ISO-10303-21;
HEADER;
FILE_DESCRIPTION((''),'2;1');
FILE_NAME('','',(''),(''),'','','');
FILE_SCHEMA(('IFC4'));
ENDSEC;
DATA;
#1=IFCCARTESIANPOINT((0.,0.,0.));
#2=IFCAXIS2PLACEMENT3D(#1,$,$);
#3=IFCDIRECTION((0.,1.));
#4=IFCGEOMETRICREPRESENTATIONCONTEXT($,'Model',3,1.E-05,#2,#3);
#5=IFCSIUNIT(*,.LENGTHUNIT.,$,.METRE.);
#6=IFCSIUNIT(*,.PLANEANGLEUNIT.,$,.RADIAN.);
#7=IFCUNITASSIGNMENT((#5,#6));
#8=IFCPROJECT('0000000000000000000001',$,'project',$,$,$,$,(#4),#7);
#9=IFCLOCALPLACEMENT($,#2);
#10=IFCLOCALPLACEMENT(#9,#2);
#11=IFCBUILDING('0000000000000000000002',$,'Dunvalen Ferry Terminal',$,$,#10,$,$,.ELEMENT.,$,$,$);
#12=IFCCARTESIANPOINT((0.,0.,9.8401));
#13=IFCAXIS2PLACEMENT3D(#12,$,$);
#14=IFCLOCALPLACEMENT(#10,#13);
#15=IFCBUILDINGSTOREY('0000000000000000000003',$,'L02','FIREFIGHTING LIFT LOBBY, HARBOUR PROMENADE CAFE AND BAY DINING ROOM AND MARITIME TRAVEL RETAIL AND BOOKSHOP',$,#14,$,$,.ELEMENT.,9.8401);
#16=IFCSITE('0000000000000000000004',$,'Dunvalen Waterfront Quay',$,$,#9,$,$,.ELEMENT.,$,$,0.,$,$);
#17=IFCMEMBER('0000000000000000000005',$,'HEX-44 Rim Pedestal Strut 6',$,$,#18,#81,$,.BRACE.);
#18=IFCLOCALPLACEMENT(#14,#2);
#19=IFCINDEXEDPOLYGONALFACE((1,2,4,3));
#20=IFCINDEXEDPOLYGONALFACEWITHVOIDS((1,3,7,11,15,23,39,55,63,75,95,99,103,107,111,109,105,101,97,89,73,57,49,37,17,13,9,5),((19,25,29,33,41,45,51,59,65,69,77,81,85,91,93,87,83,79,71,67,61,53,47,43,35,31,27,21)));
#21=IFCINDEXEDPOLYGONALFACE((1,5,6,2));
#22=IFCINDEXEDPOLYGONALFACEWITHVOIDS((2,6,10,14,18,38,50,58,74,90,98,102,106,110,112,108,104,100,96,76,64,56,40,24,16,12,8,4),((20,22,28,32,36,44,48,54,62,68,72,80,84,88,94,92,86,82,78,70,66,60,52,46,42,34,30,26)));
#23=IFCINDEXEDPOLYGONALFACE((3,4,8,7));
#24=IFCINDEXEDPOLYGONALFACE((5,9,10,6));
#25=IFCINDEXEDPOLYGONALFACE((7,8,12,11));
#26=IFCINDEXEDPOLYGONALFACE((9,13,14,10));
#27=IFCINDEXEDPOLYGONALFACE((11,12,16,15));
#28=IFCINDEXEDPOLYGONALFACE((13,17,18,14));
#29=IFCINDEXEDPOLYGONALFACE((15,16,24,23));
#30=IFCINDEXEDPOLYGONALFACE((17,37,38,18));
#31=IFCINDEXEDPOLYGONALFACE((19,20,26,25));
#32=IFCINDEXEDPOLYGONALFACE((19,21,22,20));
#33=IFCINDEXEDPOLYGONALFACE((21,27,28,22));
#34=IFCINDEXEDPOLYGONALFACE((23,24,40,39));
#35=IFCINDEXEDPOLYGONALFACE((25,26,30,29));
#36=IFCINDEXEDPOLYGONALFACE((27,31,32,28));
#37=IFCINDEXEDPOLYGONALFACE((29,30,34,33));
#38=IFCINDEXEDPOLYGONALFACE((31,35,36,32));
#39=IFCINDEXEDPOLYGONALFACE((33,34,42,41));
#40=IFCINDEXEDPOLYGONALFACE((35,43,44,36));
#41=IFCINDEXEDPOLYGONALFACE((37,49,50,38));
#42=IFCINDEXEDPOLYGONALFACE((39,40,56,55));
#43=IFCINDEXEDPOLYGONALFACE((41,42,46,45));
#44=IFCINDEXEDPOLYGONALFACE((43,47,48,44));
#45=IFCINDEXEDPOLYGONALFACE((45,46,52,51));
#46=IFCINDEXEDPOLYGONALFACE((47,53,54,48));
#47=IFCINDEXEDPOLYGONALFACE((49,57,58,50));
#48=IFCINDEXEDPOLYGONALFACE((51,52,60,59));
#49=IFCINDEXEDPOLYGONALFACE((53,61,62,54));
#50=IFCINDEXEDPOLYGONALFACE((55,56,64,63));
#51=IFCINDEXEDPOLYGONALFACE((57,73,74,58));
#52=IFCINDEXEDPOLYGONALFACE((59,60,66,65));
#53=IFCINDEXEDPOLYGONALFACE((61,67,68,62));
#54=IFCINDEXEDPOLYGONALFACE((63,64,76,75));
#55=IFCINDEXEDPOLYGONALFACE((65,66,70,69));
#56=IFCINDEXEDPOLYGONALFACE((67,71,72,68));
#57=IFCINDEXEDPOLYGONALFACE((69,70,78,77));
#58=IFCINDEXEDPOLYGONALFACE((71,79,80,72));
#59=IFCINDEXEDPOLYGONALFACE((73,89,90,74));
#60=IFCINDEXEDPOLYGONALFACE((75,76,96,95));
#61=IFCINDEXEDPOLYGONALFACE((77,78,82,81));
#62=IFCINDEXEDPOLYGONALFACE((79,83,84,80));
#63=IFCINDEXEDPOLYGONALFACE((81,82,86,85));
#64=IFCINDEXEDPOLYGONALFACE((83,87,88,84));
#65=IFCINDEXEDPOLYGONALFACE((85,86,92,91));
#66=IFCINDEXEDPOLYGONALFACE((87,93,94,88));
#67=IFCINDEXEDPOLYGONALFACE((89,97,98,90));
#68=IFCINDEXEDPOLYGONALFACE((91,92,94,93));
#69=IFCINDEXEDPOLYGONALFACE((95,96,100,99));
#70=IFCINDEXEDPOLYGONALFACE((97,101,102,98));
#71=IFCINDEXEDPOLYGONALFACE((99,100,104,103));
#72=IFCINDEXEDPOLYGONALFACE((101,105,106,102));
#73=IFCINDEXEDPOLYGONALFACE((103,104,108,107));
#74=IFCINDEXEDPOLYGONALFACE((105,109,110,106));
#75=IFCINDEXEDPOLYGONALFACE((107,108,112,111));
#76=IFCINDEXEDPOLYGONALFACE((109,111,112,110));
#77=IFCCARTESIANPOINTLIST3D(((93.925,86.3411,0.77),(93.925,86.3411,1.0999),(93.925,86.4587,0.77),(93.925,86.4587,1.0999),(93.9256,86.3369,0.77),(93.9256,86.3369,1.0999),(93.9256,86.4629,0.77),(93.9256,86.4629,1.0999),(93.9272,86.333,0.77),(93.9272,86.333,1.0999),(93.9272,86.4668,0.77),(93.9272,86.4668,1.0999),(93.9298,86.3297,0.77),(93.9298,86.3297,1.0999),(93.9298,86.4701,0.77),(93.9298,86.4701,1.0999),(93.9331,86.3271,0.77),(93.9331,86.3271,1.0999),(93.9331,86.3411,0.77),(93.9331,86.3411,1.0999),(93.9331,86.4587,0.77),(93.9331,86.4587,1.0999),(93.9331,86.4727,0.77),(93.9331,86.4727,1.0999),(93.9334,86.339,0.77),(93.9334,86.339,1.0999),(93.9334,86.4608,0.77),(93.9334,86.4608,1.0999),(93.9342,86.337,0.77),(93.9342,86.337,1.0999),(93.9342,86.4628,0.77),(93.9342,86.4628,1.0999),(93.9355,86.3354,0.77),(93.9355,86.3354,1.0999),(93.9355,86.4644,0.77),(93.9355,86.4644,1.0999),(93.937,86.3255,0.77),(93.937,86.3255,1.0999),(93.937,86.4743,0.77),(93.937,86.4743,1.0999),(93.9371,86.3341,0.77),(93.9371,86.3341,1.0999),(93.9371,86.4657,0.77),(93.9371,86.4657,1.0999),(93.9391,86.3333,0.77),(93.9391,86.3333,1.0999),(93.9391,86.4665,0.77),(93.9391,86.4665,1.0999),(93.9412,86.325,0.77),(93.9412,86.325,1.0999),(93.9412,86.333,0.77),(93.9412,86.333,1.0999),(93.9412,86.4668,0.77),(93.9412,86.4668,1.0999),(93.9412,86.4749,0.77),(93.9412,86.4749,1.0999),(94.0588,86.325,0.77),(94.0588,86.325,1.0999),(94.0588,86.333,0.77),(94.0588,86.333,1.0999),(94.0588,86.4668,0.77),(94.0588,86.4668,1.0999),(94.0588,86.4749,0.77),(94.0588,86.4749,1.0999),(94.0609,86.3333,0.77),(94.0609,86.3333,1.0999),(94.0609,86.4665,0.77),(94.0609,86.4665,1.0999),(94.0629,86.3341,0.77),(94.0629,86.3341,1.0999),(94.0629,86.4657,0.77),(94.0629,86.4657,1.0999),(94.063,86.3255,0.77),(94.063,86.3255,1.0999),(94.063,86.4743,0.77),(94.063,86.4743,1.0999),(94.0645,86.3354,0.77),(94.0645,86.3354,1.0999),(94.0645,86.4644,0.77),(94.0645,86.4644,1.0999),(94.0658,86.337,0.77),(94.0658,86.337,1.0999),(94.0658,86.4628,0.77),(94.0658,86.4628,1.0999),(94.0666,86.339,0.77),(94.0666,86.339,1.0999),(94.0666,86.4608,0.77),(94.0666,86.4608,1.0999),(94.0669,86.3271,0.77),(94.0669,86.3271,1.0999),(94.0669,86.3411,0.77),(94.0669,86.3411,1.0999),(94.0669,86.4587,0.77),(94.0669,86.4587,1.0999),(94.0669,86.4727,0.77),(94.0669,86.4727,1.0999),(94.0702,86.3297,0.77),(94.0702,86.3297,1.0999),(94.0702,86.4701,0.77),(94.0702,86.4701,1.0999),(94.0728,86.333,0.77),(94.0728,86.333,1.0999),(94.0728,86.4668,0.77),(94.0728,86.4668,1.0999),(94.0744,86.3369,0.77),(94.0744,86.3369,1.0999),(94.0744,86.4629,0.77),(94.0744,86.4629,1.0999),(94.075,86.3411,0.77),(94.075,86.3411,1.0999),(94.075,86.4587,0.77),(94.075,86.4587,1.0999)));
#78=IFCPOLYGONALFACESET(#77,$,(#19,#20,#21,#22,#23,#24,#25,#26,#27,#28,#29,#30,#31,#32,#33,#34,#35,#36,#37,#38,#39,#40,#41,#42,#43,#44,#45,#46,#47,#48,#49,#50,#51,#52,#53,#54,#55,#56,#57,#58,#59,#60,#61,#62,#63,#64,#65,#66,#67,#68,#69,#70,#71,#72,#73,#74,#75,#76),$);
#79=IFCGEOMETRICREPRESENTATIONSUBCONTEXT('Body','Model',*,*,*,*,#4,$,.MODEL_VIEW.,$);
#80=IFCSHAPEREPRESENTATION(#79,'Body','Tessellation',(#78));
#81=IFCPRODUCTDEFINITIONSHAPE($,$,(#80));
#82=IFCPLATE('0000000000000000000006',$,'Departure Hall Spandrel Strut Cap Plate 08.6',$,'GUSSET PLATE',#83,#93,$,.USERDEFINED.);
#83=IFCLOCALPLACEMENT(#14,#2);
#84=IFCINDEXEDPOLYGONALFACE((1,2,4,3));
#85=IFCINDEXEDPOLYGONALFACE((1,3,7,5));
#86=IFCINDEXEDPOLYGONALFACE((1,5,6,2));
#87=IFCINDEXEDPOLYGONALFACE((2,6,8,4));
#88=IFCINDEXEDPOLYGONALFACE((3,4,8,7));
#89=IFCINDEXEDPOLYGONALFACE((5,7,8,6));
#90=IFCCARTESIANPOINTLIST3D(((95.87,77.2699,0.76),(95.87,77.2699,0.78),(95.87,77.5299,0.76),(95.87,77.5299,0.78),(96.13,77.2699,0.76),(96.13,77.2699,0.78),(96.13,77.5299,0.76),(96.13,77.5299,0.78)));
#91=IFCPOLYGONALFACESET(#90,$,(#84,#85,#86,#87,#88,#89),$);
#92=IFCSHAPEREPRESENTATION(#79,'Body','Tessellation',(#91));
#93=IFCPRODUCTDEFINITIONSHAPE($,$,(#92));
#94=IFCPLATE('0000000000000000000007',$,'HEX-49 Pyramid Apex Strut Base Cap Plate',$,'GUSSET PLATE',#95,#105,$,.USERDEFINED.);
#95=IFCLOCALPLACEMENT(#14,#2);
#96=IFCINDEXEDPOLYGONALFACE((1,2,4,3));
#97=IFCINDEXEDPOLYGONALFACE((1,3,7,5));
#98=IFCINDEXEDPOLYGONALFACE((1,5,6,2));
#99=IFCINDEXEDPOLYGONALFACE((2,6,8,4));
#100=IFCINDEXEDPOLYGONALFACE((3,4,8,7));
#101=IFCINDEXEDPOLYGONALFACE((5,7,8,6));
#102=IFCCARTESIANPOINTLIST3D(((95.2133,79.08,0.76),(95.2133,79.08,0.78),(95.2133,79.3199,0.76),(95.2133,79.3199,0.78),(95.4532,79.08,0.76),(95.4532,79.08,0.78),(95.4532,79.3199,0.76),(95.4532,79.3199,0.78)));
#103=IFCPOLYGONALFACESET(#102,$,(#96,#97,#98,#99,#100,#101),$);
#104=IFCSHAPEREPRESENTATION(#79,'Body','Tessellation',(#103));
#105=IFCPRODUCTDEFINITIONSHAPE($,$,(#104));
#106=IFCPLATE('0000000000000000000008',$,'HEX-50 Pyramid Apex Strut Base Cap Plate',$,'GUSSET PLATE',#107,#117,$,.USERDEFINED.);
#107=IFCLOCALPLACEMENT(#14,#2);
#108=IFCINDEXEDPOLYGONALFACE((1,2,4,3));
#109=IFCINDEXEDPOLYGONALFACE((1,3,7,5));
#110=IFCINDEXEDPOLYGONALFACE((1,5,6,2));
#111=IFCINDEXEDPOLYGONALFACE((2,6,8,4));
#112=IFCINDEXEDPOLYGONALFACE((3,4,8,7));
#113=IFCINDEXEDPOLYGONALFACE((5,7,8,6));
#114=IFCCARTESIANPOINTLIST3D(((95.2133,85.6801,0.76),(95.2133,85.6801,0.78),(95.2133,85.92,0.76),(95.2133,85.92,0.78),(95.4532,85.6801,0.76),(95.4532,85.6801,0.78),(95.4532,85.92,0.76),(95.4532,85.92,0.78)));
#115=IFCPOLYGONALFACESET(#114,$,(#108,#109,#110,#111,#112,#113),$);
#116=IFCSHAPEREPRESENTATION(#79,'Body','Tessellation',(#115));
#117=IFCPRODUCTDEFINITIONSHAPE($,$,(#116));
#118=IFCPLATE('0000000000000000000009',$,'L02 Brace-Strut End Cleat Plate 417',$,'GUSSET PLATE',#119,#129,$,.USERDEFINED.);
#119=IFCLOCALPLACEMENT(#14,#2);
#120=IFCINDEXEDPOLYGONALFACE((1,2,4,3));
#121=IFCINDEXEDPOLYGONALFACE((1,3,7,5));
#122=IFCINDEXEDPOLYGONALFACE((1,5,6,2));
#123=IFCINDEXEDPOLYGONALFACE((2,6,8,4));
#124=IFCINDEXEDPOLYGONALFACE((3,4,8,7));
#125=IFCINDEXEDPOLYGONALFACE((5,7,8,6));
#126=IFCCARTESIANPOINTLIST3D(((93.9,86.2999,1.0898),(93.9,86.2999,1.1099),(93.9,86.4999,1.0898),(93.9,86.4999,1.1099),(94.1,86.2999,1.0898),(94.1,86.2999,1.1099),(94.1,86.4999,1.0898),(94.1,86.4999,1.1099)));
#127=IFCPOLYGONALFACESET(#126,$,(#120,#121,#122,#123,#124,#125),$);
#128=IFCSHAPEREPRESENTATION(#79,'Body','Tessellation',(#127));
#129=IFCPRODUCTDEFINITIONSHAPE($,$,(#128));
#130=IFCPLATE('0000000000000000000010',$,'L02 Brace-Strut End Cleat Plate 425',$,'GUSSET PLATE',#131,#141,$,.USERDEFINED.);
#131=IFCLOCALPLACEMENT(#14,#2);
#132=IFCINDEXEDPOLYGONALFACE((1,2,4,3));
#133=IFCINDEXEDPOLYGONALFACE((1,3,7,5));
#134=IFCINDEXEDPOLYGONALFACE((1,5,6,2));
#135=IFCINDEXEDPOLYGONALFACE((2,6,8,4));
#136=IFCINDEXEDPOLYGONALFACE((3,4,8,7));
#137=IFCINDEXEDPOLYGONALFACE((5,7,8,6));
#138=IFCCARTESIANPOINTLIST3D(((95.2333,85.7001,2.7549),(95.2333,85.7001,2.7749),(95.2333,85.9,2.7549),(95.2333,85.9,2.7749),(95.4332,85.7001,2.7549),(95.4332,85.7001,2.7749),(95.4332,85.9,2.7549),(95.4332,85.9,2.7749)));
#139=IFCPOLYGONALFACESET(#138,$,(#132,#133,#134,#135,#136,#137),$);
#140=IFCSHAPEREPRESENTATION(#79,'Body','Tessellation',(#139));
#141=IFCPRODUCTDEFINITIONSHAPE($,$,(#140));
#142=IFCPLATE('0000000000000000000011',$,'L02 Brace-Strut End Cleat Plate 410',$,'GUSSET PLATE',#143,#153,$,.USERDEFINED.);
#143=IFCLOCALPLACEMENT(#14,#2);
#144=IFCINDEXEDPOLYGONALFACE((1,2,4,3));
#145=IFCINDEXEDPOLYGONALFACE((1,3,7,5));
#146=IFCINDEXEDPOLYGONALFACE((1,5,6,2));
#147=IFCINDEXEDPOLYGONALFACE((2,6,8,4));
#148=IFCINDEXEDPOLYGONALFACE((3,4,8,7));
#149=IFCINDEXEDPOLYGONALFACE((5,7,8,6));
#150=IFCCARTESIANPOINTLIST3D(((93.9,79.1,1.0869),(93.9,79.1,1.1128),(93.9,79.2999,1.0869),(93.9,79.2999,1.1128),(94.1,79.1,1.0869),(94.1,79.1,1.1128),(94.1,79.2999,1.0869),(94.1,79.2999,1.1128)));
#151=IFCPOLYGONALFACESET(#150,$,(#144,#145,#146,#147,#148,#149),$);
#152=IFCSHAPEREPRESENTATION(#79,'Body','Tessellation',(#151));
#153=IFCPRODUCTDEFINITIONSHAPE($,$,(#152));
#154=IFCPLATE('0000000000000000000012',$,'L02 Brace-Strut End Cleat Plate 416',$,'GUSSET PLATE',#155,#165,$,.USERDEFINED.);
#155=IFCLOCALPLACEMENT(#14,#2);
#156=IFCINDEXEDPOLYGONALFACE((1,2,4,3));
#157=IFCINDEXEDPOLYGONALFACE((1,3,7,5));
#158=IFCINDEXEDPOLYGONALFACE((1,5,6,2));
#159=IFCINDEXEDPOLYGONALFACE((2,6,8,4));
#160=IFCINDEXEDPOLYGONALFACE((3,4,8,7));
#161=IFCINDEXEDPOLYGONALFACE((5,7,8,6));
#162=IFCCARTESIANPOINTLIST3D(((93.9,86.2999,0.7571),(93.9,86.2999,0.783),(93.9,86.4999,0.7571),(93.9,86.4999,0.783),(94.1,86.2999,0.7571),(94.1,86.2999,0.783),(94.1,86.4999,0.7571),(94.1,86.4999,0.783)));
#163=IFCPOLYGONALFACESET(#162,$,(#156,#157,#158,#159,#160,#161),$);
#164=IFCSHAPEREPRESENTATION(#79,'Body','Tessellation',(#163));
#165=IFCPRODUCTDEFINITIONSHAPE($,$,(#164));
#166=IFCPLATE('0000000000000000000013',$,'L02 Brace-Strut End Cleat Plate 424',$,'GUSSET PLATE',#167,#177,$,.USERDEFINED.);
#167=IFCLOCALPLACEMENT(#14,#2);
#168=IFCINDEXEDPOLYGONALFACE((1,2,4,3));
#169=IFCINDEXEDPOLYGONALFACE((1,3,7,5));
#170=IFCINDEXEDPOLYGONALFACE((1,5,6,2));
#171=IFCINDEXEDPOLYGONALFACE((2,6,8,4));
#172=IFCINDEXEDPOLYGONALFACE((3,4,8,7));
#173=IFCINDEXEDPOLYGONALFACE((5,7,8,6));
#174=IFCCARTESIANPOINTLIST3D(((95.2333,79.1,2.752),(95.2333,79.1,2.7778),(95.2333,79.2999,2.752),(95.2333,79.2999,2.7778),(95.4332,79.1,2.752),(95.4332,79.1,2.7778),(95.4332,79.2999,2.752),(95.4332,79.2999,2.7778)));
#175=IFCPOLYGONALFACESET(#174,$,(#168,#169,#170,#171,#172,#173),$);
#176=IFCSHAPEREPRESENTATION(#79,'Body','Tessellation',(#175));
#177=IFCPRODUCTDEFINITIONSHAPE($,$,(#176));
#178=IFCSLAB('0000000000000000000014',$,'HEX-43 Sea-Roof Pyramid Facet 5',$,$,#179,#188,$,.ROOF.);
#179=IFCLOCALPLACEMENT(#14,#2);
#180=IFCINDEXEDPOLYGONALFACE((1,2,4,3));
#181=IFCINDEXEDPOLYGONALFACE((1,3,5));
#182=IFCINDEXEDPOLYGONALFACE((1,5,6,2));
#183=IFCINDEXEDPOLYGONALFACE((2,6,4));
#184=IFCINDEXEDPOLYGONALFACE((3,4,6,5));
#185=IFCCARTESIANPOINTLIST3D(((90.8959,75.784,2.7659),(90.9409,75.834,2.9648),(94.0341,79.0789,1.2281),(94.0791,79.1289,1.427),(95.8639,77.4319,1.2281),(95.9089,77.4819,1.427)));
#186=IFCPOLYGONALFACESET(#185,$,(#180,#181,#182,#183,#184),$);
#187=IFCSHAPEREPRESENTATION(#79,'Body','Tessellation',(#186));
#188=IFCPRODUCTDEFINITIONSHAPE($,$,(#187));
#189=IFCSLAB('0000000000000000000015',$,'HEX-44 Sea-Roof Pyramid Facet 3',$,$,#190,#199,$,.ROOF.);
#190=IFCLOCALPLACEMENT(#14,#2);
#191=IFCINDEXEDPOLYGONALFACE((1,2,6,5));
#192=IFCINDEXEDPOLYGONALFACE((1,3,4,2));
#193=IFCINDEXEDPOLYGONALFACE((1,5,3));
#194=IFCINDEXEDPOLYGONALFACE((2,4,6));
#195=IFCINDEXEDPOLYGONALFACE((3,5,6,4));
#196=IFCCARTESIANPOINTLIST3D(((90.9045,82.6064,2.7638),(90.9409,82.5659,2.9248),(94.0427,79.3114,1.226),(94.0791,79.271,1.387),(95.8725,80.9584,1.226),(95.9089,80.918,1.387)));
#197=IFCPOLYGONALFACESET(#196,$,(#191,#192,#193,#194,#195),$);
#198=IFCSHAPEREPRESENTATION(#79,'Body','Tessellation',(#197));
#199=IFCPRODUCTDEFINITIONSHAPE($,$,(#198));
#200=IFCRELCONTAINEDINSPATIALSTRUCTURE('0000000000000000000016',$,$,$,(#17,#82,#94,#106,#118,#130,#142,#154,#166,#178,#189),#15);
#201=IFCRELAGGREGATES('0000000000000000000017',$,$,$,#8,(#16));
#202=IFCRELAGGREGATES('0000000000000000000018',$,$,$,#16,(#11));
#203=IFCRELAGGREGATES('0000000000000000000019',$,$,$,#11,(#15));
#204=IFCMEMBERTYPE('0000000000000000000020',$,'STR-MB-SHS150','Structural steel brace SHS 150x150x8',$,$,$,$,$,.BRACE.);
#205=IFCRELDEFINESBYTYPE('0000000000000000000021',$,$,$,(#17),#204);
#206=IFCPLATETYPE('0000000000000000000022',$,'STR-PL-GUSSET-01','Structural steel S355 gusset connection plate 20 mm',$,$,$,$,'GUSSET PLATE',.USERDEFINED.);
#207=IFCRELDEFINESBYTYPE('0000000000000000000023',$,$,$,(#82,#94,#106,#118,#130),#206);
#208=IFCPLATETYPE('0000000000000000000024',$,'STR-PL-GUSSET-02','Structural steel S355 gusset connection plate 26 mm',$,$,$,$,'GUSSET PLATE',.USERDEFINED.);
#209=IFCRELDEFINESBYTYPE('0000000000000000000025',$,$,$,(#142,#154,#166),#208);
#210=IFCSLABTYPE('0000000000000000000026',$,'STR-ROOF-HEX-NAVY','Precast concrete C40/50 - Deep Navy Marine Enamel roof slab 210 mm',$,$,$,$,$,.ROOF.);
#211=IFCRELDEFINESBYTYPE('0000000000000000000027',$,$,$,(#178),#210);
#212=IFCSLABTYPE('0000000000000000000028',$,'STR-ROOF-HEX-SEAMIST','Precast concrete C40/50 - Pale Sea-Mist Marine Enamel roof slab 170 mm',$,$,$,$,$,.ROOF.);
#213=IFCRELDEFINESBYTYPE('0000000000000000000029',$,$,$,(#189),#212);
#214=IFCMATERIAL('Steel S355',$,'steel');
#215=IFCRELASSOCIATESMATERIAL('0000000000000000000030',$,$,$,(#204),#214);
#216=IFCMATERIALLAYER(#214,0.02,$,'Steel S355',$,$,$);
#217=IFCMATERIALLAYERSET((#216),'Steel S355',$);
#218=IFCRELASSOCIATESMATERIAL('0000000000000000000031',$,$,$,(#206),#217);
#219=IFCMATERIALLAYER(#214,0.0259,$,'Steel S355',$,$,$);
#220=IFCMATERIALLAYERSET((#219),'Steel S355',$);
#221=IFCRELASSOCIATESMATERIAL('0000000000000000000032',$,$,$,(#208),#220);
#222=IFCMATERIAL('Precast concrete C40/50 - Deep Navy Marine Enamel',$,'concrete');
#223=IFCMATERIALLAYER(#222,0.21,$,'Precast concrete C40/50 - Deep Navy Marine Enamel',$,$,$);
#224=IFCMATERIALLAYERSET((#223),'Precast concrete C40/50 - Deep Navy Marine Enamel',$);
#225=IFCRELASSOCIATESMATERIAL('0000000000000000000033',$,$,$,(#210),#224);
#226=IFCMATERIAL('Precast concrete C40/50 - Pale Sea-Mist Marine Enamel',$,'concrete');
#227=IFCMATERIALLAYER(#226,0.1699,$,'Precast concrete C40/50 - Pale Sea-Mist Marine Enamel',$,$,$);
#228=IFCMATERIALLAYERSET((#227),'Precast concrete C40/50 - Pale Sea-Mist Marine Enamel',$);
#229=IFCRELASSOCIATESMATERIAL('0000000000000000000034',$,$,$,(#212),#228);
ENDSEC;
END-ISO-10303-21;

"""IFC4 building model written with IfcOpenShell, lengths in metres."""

from ifc_helpers import new_model, si_unit, direction, frame, origin, origin_2d, place, context, subcontext, project, spatial, polyline, rectangle, hollow_rectangle, outline, extrude, material, layer, layer_set, material_profile, profile_set, type_object, element, save


model = new_model("IFC4")

# Units and contexts
model_context = context("Model", 3, precision=1e-05, world=origin(), true_north=direction((0.0, 1.0)))
body_context = subcontext(model_context, "Body", "Model", "MODEL_VIEW")
ifc_project = project(units=[si_unit("LENGTHUNIT", "METRE"), si_unit("PLANEANGLEUNIT", "RADIAN")], contexts=[model_context])

# Site, building, storey
site_placement = place(None, origin())
site = spatial("IfcSite", under=ifc_project, at=site_placement, Name="Dunvalen Waterfront Quay", CompositionType="ELEMENT", RefElevation=0.0)
building_placement = place(site_placement, origin())
building = spatial("IfcBuilding", under=site, at=building_placement, Name="Dunvalen Ferry Terminal", CompositionType="ELEMENT")
storey_placement = place(building_placement, frame((0.0, 0.0, 9.8401)))
storey = spatial("IfcBuildingStorey", under=building, at=storey_placement, Name="L02", Description="FIREFIGHTING LIFT LOBBY, HARBOUR PROMENADE CAFE AND BAY DINING ROOM AND MARITIME TRAVEL RETAIL AND BOOKSHOP", CompositionType="ELEMENT", Elevation=9.8401)

# Shared definitions
ifc_material_1 = material(Name="Steel S355", Category="steel")

# Member
ifc_material_profile_1 = material_profile(ifc_material_1, hollow_rectangle(XDim=0.1499, YDim=0.1499, WallThickness=0.0081, InnerFilletRadius=0.0081, OuterFilletRadius=0.0161, at=origin_2d()), Name="Steel S355")
ifc_profile_set_1 = profile_set([ifc_material_profile_1], Name="Steel S355")
member_type_1 = type_object("IfcMemberType", Name="STR-MB-SHS150", Description="Structural steel brace SHS 150x150x8", PredefinedType="BRACE", material=ifc_profile_set_1)
for number, where, z_axis, x_axis, name in (
    (1, (94.0, 86.3999, 0.77), (0.0, 0.0, 1.0), (1.0, 0.0, 0.0), "HEX-44 Rim Pedestal Strut 6"),
):
    element("IfcMember", number, at=place(storey_placement, frame(where, z_axis=z_axis, x_axis=x_axis)), inside=storey, type_object=member_type_1, Name=name, PredefinedType="BRACE", context=body_context, shape_type="SweptSolid", body=[
        extrude(hollow_rectangle(XDim=0.1499, YDim=0.1499, WallThickness=0.0081, InnerFilletRadius=0.0081, OuterFilletRadius=0.0161, at=origin_2d()), origin(), (0.0, 0.0, 1.0), 0.3298),
    ])

# Plates
ifc_layer_1 = layer(ifc_material_1, 0.02, Name="Steel S355")
ifc_layer_set_1 = layer_set([ifc_layer_1], Name="Steel S355")
plate_type_1 = type_object("IfcPlateType", Name="STR-PL-GUSSET-01", Description="Structural steel S355 gusset connection plate 20 mm", ElementType="GUSSET PLATE", PredefinedType="USERDEFINED", material=ifc_layer_set_1)
plate_placement = place(storey_placement, frame((96.0, 77.3999, 0.76), z_axis=(0.0, 0.0, 1.0), x_axis=(1.0, 0.0, 0.0)))
element("IfcPlate", 2, at=plate_placement, inside=storey, type_object=plate_type_1, Name="Departure Hall Spandrel Strut Cap Plate 08.6", ObjectType="GUSSET PLATE", PredefinedType="USERDEFINED", context=body_context, shape_type="SweptSolid", body=[
    extrude(rectangle(XDim=0.26, YDim=0.26, at=origin_2d()), origin(), (0.0, 0.0, 1.0), 0.02),
])
for number, where, z_axis, x_axis, name in (
    (3, (95.3333, 79.2, 0.76), (0.0, 0.0, 1.0), (1.0, 0.0, 0.0), "HEX-49 Pyramid Apex Strut Base Cap Plate"),
    (4, (95.3333, 85.8, 0.76), (0.0, 0.0, 1.0), (1.0, 0.0, 0.0), "HEX-50 Pyramid Apex Strut Base Cap Plate"),
):
    element("IfcPlate", number, at=place(storey_placement, frame(where, z_axis=z_axis, x_axis=x_axis)), inside=storey, type_object=plate_type_1, Name=name, ObjectType="GUSSET PLATE", PredefinedType="USERDEFINED", context=body_context, shape_type="SweptSolid", body=[
        extrude(rectangle(XDim=0.24, YDim=0.24, at=origin_2d()), origin(), (0.0, 0.0, 1.0), 0.02),
    ])
for number, where, z_axis, x_axis, name in (
    (5, (94.0, 86.3999, 1.0898), (0.0, 0.0, 1.0), (1.0, 0.0, 0.0), "L02 Brace-Strut End Cleat Plate 417"),
    (6, (95.3333, 85.8, 2.7549), (0.0, 0.0, 1.0), (1.0, 0.0, 0.0), "L02 Brace-Strut End Cleat Plate 425"),
):
    element("IfcPlate", number, at=place(storey_placement, frame(where, z_axis=z_axis, x_axis=x_axis)), inside=storey, type_object=plate_type_1, Name=name, ObjectType="GUSSET PLATE", PredefinedType="USERDEFINED", context=body_context, shape_type="SweptSolid", body=[
        extrude(rectangle(XDim=0.2, YDim=0.2, at=origin_2d()), origin(), (0.0, 0.0, 1.0), 0.02),
    ])
ifc_layer_2 = layer(ifc_material_1, 0.0259, Name="Steel S355")
ifc_layer_set_2 = layer_set([ifc_layer_2], Name="Steel S355")
plate_type_2 = type_object("IfcPlateType", Name="STR-PL-GUSSET-02", Description="Structural steel S355 gusset connection plate 26 mm", ElementType="GUSSET PLATE", PredefinedType="USERDEFINED", material=ifc_layer_set_2)
for number, where, z_axis, x_axis, name in (
    (7, (94.0, 79.2, 1.0869), (0.0, 0.0, 1.0), (1.0, 0.0, 0.0), "L02 Brace-Strut End Cleat Plate 410"),
    (8, (94.0, 86.3999, 0.7571), (0.0, 0.0, 1.0), (1.0, 0.0, 0.0), "L02 Brace-Strut End Cleat Plate 416"),
    (9, (95.3333, 79.2, 2.752), (0.0, 0.0, 1.0), (1.0, 0.0, 0.0), "L02 Brace-Strut End Cleat Plate 424"),
):
    element("IfcPlate", number, at=place(storey_placement, frame(where, z_axis=z_axis, x_axis=x_axis)), inside=storey, type_object=plate_type_2, Name=name, ObjectType="GUSSET PLATE", PredefinedType="USERDEFINED", context=body_context, shape_type="SweptSolid", body=[
        extrude(rectangle(XDim=0.2, YDim=0.2, at=origin_2d()), origin(), (0.0, 0.0, 1.0), 0.0259),
    ])

# Slabs
ifc_material_2 = material(Name="Precast concrete C40/50 - Deep Navy Marine Enamel", Category="concrete")
ifc_layer_3 = layer(ifc_material_2, 0.21, Name="Precast concrete C40/50 - Deep Navy Marine Enamel")
ifc_layer_set_3 = layer_set([ifc_layer_3], Name="Precast concrete C40/50 - Deep Navy Marine Enamel")
slab_type_1 = type_object("IfcSlabType", Name="STR-ROOF-HEX-NAVY", Description="Precast concrete C40/50 - Deep Navy Marine Enamel roof slab 210 mm", PredefinedType="ROOF", material=ifc_layer_set_3)
slab_1_placement = place(storey_placement, frame((95.9089, 77.4819, 1.427), z_axis=(0.214273, 0.238063, 0.947319), x_axis=(-0.743269, 0.668992, 0.0)))
element("IfcSlab", 10, at=slab_1_placement, inside=storey, type_object=slab_type_1, Name="HEX-43 Sea-Roof Pyramid Facet 5", PredefinedType="ROOF", context=body_context, shape_type="SweptSolid", body=[
    extrude(outline(polyline([(0.0, 0.0), (2.4619, 0.0), (2.5901, 4.8014), (0.0, 0.0)])), origin(), (0.0, 0.0, -1.0), 0.21),
])
ifc_material_3 = material(Name="Precast concrete C40/50 - Pale Sea-Mist Marine Enamel", Category="concrete")
ifc_layer_4 = layer(ifc_material_3, 0.1699, Name="Precast concrete C40/50 - Pale Sea-Mist Marine Enamel")
ifc_layer_set_4 = layer_set([ifc_layer_4], Name="Precast concrete C40/50 - Pale Sea-Mist Marine Enamel")
slab_type_2 = type_object("IfcSlabType", Name="STR-ROOF-HEX-SEAMIST", Description="Precast concrete C40/50 - Pale Sea-Mist Marine Enamel roof slab 170 mm", PredefinedType="ROOF", material=ifc_layer_set_4)
slab_2_placement = place(storey_placement, frame((94.0791, 79.271, 1.387), z_axis=(0.214273, -0.238063, 0.947319), x_axis=(0.743269, 0.668992, 0.0)))
element("IfcSlab", 11, at=slab_2_placement, inside=storey, type_object=slab_type_2, Name="HEX-44 Sea-Roof Pyramid Facet 3", PredefinedType="ROOF", context=body_context, shape_type="SweptSolid", body=[
    extrude(outline(polyline([(0.0, 0.0), (2.4619, 0.0), (-0.1282, 4.8014), (0.0, 0.0)])), origin(), (0.0, 0.0, -1.0), 0.1699),
])

save(model, "model.ifc")
